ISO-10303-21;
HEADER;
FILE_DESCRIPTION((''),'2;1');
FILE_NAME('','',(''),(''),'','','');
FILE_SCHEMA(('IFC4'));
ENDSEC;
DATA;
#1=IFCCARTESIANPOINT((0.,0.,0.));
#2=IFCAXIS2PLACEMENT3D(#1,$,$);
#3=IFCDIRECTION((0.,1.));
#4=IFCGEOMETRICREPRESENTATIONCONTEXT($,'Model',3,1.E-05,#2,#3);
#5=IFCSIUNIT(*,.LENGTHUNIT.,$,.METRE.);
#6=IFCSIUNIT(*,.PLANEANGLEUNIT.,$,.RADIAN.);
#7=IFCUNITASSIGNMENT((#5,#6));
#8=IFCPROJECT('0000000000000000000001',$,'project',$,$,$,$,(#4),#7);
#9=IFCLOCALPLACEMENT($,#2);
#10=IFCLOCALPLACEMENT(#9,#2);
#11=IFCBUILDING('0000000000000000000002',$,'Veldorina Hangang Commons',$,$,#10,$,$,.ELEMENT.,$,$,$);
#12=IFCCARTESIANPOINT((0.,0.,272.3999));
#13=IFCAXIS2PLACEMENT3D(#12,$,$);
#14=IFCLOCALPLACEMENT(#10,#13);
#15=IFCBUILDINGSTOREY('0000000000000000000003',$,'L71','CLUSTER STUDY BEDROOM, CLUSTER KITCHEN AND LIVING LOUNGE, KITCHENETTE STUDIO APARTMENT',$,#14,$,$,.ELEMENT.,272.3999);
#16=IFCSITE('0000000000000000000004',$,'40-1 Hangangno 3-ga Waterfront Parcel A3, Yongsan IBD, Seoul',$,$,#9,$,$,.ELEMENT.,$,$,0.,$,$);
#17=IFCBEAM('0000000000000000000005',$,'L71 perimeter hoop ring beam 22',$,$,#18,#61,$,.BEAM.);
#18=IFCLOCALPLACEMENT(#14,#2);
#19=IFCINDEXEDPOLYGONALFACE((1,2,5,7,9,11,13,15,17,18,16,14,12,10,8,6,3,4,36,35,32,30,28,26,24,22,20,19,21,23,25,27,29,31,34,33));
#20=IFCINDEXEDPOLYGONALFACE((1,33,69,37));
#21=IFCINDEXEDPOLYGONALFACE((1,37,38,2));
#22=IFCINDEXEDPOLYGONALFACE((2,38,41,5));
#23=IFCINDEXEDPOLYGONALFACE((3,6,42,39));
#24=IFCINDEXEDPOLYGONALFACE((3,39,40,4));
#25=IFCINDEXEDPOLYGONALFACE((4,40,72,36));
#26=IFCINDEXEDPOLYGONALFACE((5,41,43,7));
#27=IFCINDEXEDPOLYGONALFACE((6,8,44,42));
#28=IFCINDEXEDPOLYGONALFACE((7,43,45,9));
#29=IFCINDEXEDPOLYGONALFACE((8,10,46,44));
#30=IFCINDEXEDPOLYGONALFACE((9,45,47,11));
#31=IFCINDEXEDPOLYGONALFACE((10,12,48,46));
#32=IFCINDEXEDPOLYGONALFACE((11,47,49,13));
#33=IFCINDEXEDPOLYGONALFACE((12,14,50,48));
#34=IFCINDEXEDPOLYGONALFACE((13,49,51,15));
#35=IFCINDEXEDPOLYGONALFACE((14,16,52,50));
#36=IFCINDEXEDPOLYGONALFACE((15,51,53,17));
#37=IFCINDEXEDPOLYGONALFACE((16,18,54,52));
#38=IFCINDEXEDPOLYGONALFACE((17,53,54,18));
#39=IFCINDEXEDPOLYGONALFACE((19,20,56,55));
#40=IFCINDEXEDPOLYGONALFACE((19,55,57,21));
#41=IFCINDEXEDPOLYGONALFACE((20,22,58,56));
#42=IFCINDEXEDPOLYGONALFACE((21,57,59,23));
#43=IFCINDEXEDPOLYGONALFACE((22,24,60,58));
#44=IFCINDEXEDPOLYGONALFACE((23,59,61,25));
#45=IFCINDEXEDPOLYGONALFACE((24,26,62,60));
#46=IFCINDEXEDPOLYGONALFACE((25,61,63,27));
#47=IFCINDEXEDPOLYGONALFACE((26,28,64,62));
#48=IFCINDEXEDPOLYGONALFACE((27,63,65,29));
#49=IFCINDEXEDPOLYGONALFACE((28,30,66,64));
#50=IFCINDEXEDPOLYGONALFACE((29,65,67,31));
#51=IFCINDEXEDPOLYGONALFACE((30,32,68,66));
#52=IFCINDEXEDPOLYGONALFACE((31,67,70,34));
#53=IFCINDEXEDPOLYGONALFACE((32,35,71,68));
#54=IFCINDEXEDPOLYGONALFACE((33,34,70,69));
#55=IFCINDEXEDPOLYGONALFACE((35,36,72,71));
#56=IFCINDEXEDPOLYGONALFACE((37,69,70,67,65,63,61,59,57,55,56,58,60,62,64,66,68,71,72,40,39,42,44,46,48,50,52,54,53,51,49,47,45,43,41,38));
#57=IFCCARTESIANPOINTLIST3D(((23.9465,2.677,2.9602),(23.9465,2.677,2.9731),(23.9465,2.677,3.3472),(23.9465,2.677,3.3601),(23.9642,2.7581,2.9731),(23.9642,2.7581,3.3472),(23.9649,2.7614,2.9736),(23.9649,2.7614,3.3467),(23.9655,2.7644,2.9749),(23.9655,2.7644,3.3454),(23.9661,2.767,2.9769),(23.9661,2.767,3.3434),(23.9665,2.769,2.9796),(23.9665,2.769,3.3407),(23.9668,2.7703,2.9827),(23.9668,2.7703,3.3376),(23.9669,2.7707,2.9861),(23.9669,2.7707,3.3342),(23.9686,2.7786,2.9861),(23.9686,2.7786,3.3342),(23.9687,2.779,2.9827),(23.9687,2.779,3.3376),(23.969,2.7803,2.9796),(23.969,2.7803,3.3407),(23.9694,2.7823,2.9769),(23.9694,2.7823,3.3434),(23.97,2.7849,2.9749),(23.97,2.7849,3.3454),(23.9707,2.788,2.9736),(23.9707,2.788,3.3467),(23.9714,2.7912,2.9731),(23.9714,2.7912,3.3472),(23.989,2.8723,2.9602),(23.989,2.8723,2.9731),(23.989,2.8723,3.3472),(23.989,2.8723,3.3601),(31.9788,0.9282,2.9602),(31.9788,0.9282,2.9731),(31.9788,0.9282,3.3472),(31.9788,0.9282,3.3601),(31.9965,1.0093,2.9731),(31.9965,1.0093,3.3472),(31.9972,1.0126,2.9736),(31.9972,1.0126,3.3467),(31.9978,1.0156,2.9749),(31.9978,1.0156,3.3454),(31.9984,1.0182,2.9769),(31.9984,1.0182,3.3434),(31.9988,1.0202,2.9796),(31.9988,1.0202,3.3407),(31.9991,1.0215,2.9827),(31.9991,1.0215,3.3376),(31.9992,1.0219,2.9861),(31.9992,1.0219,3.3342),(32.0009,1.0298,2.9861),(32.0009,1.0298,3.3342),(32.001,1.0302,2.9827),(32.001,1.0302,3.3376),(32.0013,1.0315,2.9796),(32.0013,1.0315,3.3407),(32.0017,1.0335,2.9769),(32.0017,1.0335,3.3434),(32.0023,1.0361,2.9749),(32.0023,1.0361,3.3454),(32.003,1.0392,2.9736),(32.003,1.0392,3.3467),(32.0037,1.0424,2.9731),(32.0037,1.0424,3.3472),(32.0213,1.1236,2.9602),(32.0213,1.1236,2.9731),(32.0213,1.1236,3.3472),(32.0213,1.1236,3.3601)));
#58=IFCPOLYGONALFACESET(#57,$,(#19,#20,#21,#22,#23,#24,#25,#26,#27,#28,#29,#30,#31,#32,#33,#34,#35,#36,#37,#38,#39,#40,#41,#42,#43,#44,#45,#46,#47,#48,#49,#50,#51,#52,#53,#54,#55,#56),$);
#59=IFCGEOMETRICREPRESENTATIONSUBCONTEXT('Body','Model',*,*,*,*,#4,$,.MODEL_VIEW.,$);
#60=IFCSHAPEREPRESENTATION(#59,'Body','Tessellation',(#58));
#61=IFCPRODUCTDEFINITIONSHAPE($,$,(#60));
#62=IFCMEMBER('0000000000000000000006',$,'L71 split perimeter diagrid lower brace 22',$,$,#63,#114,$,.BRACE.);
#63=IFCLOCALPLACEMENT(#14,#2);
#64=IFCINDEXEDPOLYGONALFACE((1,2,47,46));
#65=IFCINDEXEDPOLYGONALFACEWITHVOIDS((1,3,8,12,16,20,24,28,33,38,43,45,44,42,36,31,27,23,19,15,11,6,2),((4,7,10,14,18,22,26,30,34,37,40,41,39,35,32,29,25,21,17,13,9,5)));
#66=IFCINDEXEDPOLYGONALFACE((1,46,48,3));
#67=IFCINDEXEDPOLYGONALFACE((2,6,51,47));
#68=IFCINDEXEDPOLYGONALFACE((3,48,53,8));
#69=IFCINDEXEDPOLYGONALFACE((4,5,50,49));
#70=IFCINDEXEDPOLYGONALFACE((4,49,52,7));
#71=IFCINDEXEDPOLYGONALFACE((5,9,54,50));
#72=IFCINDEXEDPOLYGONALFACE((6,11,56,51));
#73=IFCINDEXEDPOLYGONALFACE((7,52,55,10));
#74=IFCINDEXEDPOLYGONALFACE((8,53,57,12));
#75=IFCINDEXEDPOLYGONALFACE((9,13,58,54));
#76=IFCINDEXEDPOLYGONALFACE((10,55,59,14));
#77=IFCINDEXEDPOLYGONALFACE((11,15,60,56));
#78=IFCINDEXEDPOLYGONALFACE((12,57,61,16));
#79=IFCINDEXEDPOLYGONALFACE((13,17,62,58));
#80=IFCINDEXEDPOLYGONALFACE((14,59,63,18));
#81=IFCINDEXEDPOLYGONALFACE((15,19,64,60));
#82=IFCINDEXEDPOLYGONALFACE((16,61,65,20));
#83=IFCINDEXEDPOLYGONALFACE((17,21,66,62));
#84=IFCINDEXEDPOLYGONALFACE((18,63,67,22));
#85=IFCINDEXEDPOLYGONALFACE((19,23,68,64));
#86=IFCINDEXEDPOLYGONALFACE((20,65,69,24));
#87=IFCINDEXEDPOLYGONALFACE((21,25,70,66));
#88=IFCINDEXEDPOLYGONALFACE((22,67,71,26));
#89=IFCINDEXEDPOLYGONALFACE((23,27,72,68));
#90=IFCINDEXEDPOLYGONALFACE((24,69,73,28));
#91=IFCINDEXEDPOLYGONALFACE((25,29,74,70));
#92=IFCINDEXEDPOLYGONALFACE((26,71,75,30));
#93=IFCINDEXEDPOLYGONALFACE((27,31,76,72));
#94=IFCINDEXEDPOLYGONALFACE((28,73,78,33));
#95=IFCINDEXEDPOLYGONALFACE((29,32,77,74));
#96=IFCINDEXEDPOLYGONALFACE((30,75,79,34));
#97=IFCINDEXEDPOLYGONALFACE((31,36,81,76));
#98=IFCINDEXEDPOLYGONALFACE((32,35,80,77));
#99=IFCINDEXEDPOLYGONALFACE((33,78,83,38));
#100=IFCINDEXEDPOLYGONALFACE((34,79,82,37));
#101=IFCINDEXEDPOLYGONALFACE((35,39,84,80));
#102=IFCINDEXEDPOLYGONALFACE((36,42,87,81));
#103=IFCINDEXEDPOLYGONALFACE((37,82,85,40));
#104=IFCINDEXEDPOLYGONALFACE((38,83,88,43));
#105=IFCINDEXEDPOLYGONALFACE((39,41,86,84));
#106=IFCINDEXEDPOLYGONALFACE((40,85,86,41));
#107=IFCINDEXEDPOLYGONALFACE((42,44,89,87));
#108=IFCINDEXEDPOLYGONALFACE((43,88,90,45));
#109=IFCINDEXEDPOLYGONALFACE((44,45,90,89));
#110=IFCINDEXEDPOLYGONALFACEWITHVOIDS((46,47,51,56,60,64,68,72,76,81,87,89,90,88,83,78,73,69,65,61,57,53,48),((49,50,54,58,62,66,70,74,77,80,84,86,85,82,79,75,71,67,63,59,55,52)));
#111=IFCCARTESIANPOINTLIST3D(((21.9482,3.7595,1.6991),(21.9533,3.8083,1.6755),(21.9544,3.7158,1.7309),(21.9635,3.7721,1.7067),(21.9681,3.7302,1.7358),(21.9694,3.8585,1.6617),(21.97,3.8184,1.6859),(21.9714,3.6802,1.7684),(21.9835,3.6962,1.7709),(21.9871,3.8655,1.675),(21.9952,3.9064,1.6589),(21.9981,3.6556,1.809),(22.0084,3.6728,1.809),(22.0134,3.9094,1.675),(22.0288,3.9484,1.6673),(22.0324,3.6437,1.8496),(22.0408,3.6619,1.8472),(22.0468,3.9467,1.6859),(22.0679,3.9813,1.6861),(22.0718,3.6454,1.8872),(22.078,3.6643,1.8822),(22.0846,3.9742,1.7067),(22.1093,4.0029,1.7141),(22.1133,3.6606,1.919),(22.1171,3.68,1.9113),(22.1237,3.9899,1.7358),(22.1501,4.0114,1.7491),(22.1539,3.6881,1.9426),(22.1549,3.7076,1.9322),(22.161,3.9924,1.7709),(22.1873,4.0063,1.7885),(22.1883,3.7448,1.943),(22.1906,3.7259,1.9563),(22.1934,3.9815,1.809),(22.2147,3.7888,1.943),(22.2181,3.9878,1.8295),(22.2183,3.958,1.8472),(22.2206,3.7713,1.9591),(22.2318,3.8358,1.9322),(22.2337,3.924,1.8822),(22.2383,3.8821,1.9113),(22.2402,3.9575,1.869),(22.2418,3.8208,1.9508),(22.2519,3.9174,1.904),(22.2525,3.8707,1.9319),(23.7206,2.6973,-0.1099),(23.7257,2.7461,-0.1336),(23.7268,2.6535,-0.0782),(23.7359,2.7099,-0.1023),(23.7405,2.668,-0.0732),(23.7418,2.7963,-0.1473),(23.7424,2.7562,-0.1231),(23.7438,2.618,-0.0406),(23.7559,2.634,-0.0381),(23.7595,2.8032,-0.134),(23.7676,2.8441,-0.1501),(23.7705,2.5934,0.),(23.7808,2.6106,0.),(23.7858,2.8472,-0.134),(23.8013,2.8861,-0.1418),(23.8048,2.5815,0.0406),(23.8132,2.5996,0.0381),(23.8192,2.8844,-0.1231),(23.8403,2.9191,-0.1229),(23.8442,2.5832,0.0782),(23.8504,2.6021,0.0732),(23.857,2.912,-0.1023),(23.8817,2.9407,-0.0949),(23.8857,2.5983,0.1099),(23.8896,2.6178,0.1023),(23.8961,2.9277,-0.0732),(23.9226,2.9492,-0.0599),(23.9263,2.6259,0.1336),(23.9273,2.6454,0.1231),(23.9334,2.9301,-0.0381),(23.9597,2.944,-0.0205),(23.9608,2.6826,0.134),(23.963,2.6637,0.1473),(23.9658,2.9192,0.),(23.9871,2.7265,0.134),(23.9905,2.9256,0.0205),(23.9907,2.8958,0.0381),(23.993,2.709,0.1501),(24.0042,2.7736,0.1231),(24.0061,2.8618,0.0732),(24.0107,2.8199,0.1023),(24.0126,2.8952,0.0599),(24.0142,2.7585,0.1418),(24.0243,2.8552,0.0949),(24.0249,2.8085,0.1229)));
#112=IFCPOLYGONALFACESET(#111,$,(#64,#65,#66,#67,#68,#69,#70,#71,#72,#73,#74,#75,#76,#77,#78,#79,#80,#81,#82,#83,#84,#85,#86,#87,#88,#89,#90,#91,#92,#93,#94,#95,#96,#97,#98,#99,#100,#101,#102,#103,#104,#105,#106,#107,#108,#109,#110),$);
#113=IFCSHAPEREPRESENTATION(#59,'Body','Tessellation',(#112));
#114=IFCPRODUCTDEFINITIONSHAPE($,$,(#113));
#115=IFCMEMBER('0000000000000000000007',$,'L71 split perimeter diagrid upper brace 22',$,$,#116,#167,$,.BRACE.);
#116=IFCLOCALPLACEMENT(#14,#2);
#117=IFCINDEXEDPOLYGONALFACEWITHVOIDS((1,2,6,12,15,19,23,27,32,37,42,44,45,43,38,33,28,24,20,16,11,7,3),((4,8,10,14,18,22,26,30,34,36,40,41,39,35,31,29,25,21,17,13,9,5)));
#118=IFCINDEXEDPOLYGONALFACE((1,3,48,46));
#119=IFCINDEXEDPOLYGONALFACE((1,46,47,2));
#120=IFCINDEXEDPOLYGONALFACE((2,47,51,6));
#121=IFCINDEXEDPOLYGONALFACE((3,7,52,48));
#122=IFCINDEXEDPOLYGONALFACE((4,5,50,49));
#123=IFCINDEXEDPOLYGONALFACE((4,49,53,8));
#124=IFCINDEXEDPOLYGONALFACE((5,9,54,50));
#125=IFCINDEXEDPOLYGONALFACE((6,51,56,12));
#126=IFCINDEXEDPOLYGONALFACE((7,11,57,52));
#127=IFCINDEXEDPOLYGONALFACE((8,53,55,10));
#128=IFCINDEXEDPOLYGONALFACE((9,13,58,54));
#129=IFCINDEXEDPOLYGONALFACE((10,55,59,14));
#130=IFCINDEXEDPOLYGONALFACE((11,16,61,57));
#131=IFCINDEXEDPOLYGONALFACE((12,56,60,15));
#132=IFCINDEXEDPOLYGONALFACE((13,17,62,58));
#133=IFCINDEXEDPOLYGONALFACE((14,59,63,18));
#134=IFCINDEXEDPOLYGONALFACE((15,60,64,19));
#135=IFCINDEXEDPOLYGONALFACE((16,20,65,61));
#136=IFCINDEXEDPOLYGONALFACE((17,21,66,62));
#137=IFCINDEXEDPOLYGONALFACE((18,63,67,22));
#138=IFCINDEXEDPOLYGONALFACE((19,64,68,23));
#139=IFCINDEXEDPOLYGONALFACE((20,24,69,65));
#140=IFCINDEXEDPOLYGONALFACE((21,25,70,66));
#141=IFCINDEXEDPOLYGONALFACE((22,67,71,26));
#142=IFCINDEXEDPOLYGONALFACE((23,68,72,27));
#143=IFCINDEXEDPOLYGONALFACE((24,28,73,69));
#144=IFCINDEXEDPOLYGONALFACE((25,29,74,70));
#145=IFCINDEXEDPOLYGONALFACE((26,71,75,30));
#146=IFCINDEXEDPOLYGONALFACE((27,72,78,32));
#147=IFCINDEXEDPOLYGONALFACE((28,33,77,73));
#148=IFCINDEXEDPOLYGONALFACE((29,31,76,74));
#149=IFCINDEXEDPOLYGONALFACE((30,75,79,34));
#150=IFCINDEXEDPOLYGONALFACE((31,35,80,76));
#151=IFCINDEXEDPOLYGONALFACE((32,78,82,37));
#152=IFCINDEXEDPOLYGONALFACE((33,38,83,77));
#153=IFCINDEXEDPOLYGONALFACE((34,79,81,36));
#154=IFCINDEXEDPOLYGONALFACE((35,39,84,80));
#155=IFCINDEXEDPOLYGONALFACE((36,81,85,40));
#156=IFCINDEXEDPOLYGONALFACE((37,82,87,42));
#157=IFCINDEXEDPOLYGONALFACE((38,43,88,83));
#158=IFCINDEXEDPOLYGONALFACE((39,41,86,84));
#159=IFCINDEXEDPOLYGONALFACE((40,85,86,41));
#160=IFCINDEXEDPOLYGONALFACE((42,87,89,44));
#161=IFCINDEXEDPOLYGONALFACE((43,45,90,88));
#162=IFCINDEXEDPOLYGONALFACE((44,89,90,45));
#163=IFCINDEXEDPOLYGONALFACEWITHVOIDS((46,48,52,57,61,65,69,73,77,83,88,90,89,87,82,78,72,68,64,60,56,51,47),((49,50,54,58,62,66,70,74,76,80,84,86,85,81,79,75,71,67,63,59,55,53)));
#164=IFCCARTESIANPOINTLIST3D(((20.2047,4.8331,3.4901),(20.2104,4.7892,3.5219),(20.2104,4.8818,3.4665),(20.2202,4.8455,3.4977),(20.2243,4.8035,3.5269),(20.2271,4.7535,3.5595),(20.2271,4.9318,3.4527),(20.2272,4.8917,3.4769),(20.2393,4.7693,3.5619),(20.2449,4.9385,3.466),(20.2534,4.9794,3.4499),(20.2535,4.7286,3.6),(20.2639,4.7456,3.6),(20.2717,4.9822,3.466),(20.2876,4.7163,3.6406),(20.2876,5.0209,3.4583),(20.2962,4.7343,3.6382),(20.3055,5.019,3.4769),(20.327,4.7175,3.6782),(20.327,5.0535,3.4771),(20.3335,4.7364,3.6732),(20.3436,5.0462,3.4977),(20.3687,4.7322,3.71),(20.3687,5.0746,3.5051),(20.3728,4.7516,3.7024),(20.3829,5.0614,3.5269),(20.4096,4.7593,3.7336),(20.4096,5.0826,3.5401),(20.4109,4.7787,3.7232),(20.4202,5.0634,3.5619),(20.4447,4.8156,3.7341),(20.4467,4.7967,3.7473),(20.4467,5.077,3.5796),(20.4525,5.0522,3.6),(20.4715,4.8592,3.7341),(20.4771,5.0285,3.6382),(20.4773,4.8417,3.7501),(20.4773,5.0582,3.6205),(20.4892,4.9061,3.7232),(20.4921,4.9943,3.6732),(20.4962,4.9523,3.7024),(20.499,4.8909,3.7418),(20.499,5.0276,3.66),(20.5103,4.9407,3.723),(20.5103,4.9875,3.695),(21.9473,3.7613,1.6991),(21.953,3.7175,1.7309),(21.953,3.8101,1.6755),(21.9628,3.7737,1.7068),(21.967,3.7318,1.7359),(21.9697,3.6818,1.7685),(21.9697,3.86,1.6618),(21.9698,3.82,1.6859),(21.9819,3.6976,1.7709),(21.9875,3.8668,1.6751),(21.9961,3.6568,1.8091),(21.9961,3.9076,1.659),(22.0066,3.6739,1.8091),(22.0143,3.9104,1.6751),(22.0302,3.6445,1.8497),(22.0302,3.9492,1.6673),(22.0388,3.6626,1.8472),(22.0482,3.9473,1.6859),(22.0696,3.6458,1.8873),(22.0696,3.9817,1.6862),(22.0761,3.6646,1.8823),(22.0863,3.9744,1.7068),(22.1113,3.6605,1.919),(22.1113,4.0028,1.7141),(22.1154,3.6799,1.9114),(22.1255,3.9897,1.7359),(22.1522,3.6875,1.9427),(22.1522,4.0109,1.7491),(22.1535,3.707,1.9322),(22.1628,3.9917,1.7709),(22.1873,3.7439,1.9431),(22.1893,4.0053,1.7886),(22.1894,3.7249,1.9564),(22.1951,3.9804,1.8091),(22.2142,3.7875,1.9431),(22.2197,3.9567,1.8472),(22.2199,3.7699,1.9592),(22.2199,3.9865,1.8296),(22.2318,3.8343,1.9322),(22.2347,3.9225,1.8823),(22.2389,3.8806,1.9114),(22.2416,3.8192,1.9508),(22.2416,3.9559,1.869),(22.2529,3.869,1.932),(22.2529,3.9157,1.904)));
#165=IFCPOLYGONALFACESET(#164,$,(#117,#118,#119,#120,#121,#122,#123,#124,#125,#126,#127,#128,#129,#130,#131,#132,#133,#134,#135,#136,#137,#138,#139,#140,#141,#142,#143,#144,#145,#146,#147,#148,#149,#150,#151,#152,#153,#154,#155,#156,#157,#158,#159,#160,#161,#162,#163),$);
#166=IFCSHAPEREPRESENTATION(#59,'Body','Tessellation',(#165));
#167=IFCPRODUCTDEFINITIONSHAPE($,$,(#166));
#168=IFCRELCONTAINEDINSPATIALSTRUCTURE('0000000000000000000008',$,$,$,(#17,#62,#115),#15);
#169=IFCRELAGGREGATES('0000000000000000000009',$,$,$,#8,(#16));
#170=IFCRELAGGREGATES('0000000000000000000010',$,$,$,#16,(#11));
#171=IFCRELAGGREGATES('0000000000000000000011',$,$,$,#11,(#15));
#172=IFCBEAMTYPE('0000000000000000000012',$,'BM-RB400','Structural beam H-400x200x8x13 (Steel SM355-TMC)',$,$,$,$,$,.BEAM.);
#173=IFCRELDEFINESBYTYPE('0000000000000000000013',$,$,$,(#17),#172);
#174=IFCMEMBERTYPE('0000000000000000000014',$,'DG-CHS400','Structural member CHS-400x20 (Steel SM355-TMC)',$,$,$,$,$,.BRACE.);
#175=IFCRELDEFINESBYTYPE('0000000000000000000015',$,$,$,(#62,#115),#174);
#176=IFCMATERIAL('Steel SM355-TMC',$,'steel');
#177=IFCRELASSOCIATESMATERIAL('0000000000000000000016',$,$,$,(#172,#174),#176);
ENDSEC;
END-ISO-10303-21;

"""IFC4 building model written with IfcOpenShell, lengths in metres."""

from ifc_helpers import new_model, si_unit, direction, frame, origin, origin_2d, place, context, subcontext, project, spatial, hollow_circle, i_section, extrude, material, material_profile, profile_set, type_object, element, save


model = new_model("IFC4")

# Units and contexts
model_context = context("Model", 3, precision=1e-05, world=origin(), true_north=direction((0.0, 1.0)))
body_context = subcontext(model_context, "Body", "Model", "MODEL_VIEW")
ifc_project = project(units=[si_unit("LENGTHUNIT", "METRE"), si_unit("PLANEANGLEUNIT", "RADIAN")], contexts=[model_context])

# Site, building, storey
site_placement = place(None, origin())
site = spatial("IfcSite", under=ifc_project, at=site_placement, Name="40-1 Hangangno 3-ga Waterfront Parcel A3, Yongsan IBD, Seoul", CompositionType="ELEMENT", RefElevation=0.0)
building_placement = place(site_placement, origin())
building = spatial("IfcBuilding", under=site, at=building_placement, Name="Veldorina Hangang Commons", CompositionType="ELEMENT")
storey_placement = place(building_placement, frame((0.0, 0.0, 272.3999)))
storey = spatial("IfcBuildingStorey", under=building, at=storey_placement, Name="L71", Description="CLUSTER STUDY BEDROOM, CLUSTER KITCHEN AND LIVING LOUNGE, KITCHENETTE STUDIO APARTMENT", CompositionType="ELEMENT", Elevation=272.3999)

# Beam
ifc_material_1 = material(Name="Steel SM355-TMC", Category="steel")
ifc_material_profile_1 = material_profile(ifc_material_1, i_section(OverallWidth=0.2, OverallDepth=0.3999, WebThickness=0.0081, FlangeThickness=0.0129, FilletRadius=0.0129, at=origin_2d()), Name="H-400x200x8x13")
ifc_profile_set_1 = profile_set([ifc_material_profile_1], Name="Steel SM355-TMC")
beam_type = type_object("IfcBeamType", Name="BM-RB400", Description="Structural beam H-400x200x8x13 (Steel SM355-TMC)", PredefinedType="BEAM", material=ifc_profile_set_1)
beam_placement = place(storey_placement, frame((23.9678, 2.7747, 3.1602), z_axis=(0.97711, -0.212737, 0.0), x_axis=(0.212737, 0.97711, 0.0)))
element("IfcBeam", 1, at=beam_placement, inside=storey, type_object=beam_type, Name="L71 perimeter hoop ring beam 22", PredefinedType="BEAM", context=body_context, shape_type="SweptSolid", body=[
    extrude(i_section(OverallWidth=0.2, OverallDepth=0.3999, WebThickness=0.0081, FlangeThickness=0.0129, FilletRadius=0.0129, at=origin_2d()), origin(), (0.0, 0.0, 1.0), 8.2205),
])

# Members
ifc_material_profile_2 = material_profile(ifc_material_1, hollow_circle(Radius=0.2, WallThickness=0.02, at=origin_2d()), Name="CHS-400x20")
ifc_profile_set_2 = profile_set([ifc_material_profile_2], Name="Steel SM355-TMC")
member_type_1 = type_object("IfcMemberType", Name="DG-CHS400", Description="Structural member CHS-400x20 (Steel SM355-TMC)", PredefinedType="BRACE", material=ifc_profile_set_2)
member_1_placement = place(storey_placement, frame((23.8733, 2.7649, 0.0), z_axis=(-0.645373, 0.386779, 0.658707), x_axis=(-0.514061, -0.857753, 0.0)))
element("IfcMember", 2, at=member_1_placement, inside=storey, type_object=member_type_1, Name="L71 split perimeter diagrid lower brace 22", PredefinedType="BRACE", context=body_context, shape_type="SweptSolid", body=[
    extrude(hollow_circle(Radius=0.2, WallThickness=0.02, at=origin_2d()), origin(), (0.0, 0.0, 1.0), 2.7463),
])
member_2_placement = place(storey_placement, frame((22.1008, 3.8271, 1.8091), z_axis=(-0.640908, 0.39417, 0.658686), x_axis=(-0.523871, -0.851798, 0.0)))
element("IfcMember", 3, at=member_2_placement, inside=storey, type_object=member_type_1, Name="L71 split perimeter diagrid upper brace 22", PredefinedType="BRACE", context=body_context, shape_type="SweptSolid", body=[
    extrude(hollow_circle(Radius=0.2, WallThickness=0.02, at=origin_2d()), origin(), (0.0, 0.0, 1.0), 2.719),
])

save(model, "model.ifc")
